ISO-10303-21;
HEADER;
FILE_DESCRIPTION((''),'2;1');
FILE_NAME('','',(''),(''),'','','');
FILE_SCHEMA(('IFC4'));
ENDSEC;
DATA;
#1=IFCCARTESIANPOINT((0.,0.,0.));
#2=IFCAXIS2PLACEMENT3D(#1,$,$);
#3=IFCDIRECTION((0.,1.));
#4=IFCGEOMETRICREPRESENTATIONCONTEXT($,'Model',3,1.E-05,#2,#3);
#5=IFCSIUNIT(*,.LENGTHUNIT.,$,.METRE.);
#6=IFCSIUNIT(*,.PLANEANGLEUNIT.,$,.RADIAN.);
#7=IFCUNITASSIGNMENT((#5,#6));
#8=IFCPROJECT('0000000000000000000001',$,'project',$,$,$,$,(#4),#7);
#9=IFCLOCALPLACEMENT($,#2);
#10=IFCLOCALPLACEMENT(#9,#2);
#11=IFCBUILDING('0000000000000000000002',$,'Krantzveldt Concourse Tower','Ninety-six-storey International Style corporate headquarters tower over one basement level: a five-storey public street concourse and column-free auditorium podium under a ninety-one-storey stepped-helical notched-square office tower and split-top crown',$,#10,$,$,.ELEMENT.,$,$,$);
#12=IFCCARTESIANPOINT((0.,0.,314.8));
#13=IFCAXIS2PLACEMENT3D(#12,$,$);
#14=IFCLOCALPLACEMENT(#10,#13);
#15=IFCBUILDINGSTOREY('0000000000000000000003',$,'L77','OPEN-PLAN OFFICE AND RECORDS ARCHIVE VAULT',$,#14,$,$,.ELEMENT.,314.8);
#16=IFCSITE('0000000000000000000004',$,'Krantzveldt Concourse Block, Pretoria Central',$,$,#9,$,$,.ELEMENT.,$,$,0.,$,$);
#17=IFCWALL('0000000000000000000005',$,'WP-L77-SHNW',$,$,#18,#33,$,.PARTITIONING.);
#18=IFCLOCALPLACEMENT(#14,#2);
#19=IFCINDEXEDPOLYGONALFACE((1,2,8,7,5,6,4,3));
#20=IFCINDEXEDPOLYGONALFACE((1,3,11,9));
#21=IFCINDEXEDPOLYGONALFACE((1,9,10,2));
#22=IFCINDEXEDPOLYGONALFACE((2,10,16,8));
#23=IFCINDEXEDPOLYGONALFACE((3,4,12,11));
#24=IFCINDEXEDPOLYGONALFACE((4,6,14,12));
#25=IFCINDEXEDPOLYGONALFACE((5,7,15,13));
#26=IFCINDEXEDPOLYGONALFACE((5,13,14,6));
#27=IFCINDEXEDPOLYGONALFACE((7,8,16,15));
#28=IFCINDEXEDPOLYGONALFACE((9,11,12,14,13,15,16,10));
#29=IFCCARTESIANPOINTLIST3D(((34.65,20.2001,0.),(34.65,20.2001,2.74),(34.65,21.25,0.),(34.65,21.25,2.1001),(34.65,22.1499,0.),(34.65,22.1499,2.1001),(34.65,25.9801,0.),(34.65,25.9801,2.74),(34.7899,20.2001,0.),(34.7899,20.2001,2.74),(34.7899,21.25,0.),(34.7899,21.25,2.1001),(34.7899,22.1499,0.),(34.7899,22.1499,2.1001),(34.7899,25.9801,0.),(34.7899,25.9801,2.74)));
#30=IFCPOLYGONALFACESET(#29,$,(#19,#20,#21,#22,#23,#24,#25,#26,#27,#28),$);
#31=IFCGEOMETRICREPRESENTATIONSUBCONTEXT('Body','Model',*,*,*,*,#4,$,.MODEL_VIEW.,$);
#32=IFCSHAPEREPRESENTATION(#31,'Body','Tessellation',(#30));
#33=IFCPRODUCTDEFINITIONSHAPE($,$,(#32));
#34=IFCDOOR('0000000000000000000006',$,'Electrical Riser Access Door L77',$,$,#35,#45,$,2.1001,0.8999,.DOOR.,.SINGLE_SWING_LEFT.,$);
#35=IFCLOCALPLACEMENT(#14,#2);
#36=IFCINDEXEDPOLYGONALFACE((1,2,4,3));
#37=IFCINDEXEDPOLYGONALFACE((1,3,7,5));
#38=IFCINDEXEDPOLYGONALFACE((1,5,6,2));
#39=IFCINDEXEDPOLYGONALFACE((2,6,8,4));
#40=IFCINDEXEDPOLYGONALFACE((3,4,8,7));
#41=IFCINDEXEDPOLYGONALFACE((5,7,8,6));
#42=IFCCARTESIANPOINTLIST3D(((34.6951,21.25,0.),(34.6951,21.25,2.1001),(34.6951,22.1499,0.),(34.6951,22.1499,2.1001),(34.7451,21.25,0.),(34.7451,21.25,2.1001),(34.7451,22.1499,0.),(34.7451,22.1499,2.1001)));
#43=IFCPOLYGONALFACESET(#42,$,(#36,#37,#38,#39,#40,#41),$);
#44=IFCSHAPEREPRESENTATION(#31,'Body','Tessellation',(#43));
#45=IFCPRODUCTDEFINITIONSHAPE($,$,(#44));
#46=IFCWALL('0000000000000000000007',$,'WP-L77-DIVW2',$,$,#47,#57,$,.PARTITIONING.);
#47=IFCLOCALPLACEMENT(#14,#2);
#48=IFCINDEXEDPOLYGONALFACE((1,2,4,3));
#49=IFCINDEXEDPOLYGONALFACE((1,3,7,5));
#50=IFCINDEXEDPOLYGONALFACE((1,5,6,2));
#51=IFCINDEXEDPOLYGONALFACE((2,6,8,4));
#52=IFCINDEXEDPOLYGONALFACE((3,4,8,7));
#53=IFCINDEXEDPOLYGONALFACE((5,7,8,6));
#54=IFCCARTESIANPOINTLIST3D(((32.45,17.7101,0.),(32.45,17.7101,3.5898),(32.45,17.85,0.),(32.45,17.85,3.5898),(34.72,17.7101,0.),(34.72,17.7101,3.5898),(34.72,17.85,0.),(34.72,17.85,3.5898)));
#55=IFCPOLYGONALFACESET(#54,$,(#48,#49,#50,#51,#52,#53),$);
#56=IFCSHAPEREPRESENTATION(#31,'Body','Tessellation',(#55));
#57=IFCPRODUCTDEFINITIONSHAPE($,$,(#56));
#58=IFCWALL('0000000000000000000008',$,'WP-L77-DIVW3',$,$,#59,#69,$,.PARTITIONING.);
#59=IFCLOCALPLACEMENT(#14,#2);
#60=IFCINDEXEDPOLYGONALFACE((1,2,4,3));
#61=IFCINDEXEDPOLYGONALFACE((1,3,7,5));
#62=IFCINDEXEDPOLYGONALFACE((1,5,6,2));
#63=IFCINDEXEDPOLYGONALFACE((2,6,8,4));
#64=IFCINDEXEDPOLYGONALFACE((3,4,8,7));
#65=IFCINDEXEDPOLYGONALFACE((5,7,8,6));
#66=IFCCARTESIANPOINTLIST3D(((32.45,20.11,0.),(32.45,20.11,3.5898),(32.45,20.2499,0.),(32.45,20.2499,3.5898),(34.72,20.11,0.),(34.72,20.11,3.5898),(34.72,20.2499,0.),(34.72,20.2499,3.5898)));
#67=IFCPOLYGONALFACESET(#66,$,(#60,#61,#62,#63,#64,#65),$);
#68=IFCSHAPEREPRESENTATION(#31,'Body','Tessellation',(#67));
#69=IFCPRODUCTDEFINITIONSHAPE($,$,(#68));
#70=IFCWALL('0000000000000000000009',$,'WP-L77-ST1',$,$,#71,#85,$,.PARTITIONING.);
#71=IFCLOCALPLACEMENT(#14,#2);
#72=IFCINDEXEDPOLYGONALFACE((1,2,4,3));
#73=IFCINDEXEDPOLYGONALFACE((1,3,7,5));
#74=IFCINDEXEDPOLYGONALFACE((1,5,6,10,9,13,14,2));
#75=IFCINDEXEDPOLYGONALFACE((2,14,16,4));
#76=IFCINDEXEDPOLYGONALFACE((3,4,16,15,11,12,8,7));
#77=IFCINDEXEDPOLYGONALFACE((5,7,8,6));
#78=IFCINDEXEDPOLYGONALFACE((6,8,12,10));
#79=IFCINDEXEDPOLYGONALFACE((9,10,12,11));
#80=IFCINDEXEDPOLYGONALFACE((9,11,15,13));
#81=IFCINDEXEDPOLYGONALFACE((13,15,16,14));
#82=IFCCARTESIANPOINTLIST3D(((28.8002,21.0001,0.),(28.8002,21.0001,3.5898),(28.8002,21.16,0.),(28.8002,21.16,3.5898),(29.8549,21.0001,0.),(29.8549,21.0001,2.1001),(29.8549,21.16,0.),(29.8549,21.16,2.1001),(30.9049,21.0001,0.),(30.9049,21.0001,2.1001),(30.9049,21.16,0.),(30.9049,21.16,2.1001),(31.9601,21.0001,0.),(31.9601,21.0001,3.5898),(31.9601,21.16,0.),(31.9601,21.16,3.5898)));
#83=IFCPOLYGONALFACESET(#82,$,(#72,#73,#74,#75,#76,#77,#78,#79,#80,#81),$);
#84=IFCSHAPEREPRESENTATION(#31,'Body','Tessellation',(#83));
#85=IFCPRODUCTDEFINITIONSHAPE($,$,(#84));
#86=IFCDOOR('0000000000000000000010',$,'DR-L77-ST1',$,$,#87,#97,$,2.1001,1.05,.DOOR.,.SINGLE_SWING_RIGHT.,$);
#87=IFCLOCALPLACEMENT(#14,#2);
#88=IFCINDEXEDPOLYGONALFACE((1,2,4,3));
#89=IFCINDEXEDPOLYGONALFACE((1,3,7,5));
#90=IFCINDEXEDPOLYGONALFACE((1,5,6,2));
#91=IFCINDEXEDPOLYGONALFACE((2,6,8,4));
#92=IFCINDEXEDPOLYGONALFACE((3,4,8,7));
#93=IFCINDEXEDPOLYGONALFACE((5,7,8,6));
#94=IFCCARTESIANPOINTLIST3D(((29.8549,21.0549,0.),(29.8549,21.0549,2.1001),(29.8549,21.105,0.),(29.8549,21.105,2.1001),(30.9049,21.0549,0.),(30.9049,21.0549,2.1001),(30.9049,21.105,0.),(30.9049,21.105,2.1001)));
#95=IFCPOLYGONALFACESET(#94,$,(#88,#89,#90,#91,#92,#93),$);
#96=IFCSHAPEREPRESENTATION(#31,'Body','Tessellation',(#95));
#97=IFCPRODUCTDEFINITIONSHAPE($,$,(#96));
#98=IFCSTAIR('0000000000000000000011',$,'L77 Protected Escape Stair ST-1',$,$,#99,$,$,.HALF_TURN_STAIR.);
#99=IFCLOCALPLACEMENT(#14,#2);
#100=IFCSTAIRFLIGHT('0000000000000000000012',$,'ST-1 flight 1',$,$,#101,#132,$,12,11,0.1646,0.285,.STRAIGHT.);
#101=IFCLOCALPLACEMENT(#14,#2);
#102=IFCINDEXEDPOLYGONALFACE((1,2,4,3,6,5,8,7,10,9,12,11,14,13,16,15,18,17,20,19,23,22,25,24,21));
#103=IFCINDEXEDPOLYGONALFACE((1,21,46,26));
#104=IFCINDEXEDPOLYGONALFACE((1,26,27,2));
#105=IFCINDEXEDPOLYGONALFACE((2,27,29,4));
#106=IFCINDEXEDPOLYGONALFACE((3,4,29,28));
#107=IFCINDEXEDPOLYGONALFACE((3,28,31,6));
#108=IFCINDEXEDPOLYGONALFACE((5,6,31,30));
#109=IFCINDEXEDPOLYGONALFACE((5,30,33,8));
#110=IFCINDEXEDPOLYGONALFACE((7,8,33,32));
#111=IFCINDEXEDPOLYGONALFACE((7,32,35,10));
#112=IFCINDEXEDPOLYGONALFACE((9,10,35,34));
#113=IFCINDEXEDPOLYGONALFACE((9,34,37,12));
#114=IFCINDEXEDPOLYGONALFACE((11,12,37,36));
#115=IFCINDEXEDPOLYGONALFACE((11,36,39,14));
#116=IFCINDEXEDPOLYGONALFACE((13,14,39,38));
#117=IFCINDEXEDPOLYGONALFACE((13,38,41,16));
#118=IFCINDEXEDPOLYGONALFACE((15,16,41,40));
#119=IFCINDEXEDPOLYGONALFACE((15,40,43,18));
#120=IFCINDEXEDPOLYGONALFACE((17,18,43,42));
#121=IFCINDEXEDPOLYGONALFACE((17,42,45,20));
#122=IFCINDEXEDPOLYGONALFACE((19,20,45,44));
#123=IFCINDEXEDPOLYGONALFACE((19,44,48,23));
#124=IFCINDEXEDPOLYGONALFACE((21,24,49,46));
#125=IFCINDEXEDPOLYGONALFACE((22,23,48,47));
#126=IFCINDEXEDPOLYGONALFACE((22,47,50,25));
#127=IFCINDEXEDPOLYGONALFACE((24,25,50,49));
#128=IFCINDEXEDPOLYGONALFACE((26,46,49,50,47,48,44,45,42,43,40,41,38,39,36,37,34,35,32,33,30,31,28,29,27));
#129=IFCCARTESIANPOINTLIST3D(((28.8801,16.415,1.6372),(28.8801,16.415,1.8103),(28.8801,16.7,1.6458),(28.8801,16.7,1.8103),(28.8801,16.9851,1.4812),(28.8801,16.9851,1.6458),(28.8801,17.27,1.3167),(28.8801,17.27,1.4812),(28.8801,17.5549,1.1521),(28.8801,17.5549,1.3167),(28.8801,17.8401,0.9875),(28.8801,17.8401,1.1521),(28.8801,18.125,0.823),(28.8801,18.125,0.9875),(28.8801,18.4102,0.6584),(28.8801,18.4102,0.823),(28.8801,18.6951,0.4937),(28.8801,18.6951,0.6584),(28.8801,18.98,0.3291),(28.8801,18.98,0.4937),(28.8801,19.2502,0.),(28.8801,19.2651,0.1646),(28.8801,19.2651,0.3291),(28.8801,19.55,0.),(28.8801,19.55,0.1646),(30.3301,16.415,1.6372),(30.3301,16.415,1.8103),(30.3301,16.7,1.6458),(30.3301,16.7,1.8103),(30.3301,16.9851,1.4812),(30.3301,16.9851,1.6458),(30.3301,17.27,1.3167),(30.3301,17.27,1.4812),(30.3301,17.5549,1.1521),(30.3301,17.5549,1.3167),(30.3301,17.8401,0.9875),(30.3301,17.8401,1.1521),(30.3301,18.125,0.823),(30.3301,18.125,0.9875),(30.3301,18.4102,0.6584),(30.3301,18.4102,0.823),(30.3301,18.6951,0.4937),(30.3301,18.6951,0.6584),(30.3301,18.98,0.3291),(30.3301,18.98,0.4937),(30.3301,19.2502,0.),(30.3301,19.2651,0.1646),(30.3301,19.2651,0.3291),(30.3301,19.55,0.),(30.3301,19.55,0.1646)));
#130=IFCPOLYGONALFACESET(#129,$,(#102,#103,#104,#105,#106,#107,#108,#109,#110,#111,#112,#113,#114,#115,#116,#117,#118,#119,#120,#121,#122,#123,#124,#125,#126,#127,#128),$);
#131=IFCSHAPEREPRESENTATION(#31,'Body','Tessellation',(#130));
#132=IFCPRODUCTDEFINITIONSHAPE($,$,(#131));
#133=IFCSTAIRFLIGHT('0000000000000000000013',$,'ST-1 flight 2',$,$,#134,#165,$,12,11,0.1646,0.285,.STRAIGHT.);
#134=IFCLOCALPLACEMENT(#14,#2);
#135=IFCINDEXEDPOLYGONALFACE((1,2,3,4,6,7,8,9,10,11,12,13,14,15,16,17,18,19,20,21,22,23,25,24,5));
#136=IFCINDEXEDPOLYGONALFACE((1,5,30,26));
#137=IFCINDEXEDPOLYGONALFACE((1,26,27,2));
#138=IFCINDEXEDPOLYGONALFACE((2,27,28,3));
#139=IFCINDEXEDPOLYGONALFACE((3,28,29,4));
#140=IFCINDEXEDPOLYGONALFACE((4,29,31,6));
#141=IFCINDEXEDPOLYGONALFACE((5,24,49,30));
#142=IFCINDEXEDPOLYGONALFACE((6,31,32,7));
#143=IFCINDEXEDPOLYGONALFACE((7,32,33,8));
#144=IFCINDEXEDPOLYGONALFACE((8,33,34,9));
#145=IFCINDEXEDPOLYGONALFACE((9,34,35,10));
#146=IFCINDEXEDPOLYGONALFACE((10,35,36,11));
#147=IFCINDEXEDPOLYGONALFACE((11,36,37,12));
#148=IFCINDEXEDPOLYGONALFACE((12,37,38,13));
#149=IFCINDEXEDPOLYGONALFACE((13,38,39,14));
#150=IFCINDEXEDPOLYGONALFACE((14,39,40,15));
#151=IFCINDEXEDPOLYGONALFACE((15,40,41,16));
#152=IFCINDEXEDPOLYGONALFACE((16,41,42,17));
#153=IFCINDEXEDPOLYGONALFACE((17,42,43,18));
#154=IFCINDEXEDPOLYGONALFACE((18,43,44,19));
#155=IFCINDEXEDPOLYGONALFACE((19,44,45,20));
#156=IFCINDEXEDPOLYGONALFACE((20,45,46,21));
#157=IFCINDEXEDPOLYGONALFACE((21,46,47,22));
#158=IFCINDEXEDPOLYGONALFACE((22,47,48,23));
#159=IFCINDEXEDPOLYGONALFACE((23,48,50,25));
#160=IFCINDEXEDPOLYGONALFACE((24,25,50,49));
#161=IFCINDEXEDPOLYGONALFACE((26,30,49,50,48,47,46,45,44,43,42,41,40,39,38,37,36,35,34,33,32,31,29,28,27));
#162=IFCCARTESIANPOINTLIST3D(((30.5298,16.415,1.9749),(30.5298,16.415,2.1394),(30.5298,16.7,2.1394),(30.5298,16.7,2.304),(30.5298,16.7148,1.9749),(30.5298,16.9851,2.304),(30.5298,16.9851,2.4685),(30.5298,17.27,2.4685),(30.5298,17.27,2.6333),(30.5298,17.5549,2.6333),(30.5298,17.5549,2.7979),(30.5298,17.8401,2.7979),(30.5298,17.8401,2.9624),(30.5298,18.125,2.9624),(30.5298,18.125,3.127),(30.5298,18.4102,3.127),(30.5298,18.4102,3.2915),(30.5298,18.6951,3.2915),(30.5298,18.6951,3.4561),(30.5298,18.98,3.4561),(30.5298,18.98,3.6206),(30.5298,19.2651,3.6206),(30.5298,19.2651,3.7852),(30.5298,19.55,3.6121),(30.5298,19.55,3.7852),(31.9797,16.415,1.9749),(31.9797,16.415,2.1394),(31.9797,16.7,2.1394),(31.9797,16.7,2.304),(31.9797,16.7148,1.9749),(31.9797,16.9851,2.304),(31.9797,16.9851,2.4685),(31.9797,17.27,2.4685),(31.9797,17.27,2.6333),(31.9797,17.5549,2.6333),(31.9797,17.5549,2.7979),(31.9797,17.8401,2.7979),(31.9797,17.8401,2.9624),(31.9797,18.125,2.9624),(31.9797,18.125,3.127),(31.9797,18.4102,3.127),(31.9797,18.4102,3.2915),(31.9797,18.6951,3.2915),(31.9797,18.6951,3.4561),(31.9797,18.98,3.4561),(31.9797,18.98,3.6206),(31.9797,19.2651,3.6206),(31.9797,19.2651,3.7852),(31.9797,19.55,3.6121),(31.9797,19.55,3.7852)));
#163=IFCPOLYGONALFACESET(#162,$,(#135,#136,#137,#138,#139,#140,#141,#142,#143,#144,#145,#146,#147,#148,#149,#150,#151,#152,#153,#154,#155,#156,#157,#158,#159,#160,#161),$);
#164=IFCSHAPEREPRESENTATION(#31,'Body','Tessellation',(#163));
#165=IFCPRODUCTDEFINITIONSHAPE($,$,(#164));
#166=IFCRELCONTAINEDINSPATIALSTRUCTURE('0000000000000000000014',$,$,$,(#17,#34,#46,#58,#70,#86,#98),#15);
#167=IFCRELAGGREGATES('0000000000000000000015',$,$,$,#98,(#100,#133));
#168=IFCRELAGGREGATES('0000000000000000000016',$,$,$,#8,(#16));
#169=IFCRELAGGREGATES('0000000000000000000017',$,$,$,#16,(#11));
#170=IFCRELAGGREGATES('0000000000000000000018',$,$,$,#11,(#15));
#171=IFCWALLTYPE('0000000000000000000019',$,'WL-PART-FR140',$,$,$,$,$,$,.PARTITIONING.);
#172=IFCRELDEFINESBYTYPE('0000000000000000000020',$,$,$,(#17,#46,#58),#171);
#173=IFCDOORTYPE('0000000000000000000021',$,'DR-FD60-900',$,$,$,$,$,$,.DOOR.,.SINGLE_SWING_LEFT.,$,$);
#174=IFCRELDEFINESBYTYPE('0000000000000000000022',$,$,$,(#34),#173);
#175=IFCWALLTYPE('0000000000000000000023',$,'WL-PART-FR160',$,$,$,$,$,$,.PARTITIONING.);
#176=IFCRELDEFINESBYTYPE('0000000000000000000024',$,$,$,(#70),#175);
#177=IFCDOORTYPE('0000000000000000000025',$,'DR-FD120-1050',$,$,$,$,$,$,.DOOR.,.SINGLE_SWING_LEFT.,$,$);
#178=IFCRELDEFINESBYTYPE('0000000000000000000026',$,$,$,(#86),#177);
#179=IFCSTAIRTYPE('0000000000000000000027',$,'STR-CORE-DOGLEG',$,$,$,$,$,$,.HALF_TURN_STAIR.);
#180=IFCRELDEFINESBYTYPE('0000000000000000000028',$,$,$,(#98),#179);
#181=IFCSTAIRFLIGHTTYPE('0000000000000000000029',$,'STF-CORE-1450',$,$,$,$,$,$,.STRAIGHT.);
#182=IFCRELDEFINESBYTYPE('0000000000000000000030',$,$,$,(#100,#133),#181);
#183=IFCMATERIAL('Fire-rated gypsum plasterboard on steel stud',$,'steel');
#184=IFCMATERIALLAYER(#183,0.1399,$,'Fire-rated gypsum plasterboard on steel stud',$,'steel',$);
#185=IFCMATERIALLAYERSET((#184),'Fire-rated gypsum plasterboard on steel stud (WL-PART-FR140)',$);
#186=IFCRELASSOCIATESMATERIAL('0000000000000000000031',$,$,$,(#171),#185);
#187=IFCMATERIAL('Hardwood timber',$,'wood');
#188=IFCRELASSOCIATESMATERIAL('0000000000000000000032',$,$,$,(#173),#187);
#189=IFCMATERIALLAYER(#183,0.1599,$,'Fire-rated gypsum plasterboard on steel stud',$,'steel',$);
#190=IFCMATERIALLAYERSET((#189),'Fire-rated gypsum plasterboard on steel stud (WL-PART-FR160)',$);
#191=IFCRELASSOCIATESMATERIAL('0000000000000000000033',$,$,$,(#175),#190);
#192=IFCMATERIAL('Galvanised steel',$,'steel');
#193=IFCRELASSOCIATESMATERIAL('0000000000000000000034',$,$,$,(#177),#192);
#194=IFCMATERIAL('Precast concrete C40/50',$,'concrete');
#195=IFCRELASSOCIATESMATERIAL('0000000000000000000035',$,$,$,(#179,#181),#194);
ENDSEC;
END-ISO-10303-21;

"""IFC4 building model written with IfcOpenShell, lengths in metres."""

from ifc_helpers import new_model, si_unit, direction, frame, frame_2d, origin, place, context, subcontext, project, spatial, polyline, rectangle, outline, extrude, material, layer, layer_set, type_object, element, fill, aggregate, save


model = new_model("IFC4")

# Units and contexts
model_context = context("Model", 3, precision=1e-05, world=origin(), true_north=direction((0.0, 1.0)))
body_context = subcontext(model_context, "Body", "Model", "MODEL_VIEW")
ifc_project = project(units=[si_unit("LENGTHUNIT", "METRE"), si_unit("PLANEANGLEUNIT", "RADIAN")], contexts=[model_context])

# Site, building, storey
site_placement = place(None, origin())
site = spatial("IfcSite", under=ifc_project, at=site_placement, Name="Krantzveldt Concourse Block, Pretoria Central", CompositionType="ELEMENT", RefElevation=0.0)
building_placement = place(site_placement, origin())
building = spatial("IfcBuilding", under=site, at=building_placement, Name="Krantzveldt Concourse Tower", Description="Ninety-six-storey International Style corporate headquarters tower over one basement level: a five-storey public street concourse and column-free auditorium podium under a ninety-one-storey stepped-helical notched-square office tower and split-top crown", CompositionType="ELEMENT")
storey_placement = place(building_placement, frame((0.0, 0.0, 314.8)))
storey = spatial("IfcBuildingStorey", under=building, at=storey_placement, Name="L77", Description="OPEN-PLAN OFFICE AND RECORDS ARCHIVE VAULT", CompositionType="ELEMENT", Elevation=314.8)

# Wall, opening, door
ifc_material_1 = material(Name="Fire-rated gypsum plasterboard on steel stud", Category="steel")
ifc_layer_1 = layer(ifc_material_1, 0.1399, Name="Fire-rated gypsum plasterboard on steel stud", Category="steel")
ifc_layer_set_1 = layer_set([ifc_layer_1], Name="Fire-rated gypsum plasterboard on steel stud (WL-PART-FR140)")
wall_type_1 = type_object("IfcWallType", Name="WL-PART-FR140", PredefinedType="PARTITIONING", material=ifc_layer_set_1)
wall_1_placement = place(storey_placement, frame((34.72, 20.2, 0.0), z_axis=(0.0, 0.0, 1.0), x_axis=(0.0, 1.0, 0.0)))
wall_1 = element("IfcWall", 1, at=wall_1_placement, inside=storey, type_object=wall_type_1, Name="WP-L77-SHNW", PredefinedType="PARTITIONING", context=body_context, shape_type="SweptSolid", body=[
    extrude(rectangle(XDim=5.78, YDim=0.1399, at=frame_2d((2.8901, 0.0))), origin(), (0.0, 0.0, 1.0), 2.74),
])
opening_1_placement = place(wall_1_placement, frame((1.05, 0.0, 0.0)))
opening_1 = element("IfcOpeningElement", 2, at=opening_1_placement, cuts=wall_1, PredefinedType="OPENING", context=body_context, shape_type="SweptSolid", body=[
    extrude(rectangle(XDim=0.8999, YDim=2.1001, at=frame_2d((0.45, 1.05))), frame((0.0, 0.0801, 0.0), z_axis=(0.0, -1.0, 0.0), x_axis=(1.0, 0.0, 0.0)), (0.0, 0.0, 1.0), 0.1599),
])
ifc_material_2 = material(Name="Hardwood timber", Category="wood")
door_type_1 = type_object("IfcDoorType", Name="DR-FD60-900", OperationType="SINGLE_SWING_LEFT", PredefinedType="DOOR", material=ifc_material_2)
door_1_placement = place(opening_1_placement, origin())
door_1 = element("IfcDoor", 3, at=door_1_placement, inside=storey, type_object=door_type_1, Name="Electrical Riser Access Door L77", OperationType="SINGLE_SWING_LEFT", OverallHeight=2.1001, OverallWidth=0.8999, PredefinedType="DOOR", context=body_context, shape_type="SweptSolid", body=[
    extrude(rectangle(XDim=0.8999, YDim=2.1001, at=frame_2d((0.45, 1.05))), frame((0.0, 0.0249, 0.0), z_axis=(0.0, -1.0, 0.0), x_axis=(1.0, 0.0, 0.0)), (0.0, 0.0, 1.0), 0.05),
])
fill(opening_1, door_1)

# Walls
for number, where, z_axis, x_axis, name in (
    (4, (32.45, 17.78, 0.0), (0.0, 0.0, 1.0), (1.0, 0.0, 0.0), "WP-L77-DIVW2"),
    (5, (32.45, 20.1799, 0.0), (0.0, 0.0, 1.0), (1.0, 0.0, 0.0), "WP-L77-DIVW3"),
):
    element("IfcWall", number, at=place(storey_placement, frame(where, z_axis=z_axis, x_axis=x_axis)), inside=storey, type_object=wall_type_1, Name=name, PredefinedType="PARTITIONING", context=body_context, shape_type="SweptSolid", body=[
        extrude(rectangle(XDim=2.27, YDim=0.1399, at=frame_2d((1.135, 0.0))), origin(), (0.0, 0.0, 1.0), 3.5898),
    ])

# Wall, opening, door
ifc_layer_2 = layer(ifc_material_1, 0.1599, Name="Fire-rated gypsum plasterboard on steel stud", Category="steel")
ifc_layer_set_2 = layer_set([ifc_layer_2], Name="Fire-rated gypsum plasterboard on steel stud (WL-PART-FR160)")
wall_type_2 = type_object("IfcWallType", Name="WL-PART-FR160", PredefinedType="PARTITIONING", material=ifc_layer_set_2)
wall_2_placement = place(storey_placement, frame((28.8, 21.0801, 0.0), z_axis=(0.0, 0.0, 1.0), x_axis=(1.0, 0.0, 0.0)))
wall_2 = element("IfcWall", 6, at=wall_2_placement, inside=storey, type_object=wall_type_2, Name="WP-L77-ST1", PredefinedType="PARTITIONING", context=body_context, shape_type="SweptSolid", body=[
    extrude(rectangle(XDim=3.1599, YDim=0.1599, at=frame_2d((1.5801, 0.0))), origin(), (0.0, 0.0, 1.0), 3.5898),
])
opening_2_placement = place(wall_2_placement, frame((1.0549, 0.0, 0.0)))
opening_2 = element("IfcOpeningElement", 7, at=opening_2_placement, cuts=wall_2, PredefinedType="OPENING", context=body_context, shape_type="SweptSolid", body=[
    extrude(rectangle(XDim=1.05, YDim=2.1001, at=frame_2d((0.5249, 1.05))), frame((0.0, 0.0898, 0.0), z_axis=(0.0, -1.0, 0.0), x_axis=(1.0, 0.0, 0.0)), (0.0, 0.0, 1.0), 0.1799),
])
ifc_material_3 = material(Name="Galvanised steel", Category="steel")
door_type_2 = type_object("IfcDoorType", Name="DR-FD120-1050", OperationType="SINGLE_SWING_LEFT", PredefinedType="DOOR", material=ifc_material_3)
door_2_placement = place(opening_2_placement, origin())
door_2 = element("IfcDoor", 8, at=door_2_placement, inside=storey, type_object=door_type_2, Name="DR-L77-ST1", OperationType="SINGLE_SWING_RIGHT", OverallHeight=2.1001, OverallWidth=1.05, PredefinedType="DOOR", context=body_context, shape_type="SweptSolid", body=[
    extrude(rectangle(XDim=1.05, YDim=2.1001, at=frame_2d((0.5249, 1.05))), frame((0.0, 0.0249, 0.0), z_axis=(0.0, -1.0, 0.0), x_axis=(1.0, 0.0, 0.0)), (0.0, 0.0, 1.0), 0.05),
])
fill(opening_2, door_2)

# Stair, stair flights
ifc_material_4 = material(Name="Precast concrete C40/50", Category="concrete")
stair_type = type_object("IfcStairType", Name="STR-CORE-DOGLEG", PredefinedType="HALF_TURN_STAIR", material=ifc_material_4)
stair_placement = place(storey_placement, origin())
stair = element("IfcStair", 9, at=stair_placement, inside=storey, type_object=stair_type, Name="L77 Protected Escape Stair ST-1", PredefinedType="HALF_TURN_STAIR")
stair_flight_type = type_object("IfcStairFlightType", Name="STF-CORE-1450", PredefinedType="STRAIGHT", material=ifc_material_4)
stair_flight_1_placement = place(storey_placement, frame((29.605, 19.55, 0.0), z_axis=(0.0, 0.0, 1.0), x_axis=(0.0, -1.0, 0.0)))
stair_flight_1 = element("IfcStairFlight", 10, at=stair_flight_1_placement, type_object=stair_flight_type, Name="ST-1 flight 1", NumberOfRisers=12, NumberOfTreads=11, PredefinedType="STRAIGHT", RiserHeight=0.1646, TreadLength=0.285, context=body_context, shape_type="SweptSolid", body=[
    extrude(outline(polyline([(0.0, 0.0), (0.0, 0.1646), (0.2849, 0.1646), (0.2849, 0.3291), (0.5701, 0.3291), (0.5701, 0.4937), (0.855, 0.4937), (0.855, 0.6584), (1.1399, 0.6584), (1.1399, 0.823), (1.425, 0.823), (1.425, 0.9875), (1.71, 0.9875), (1.71, 1.1521), (1.9951, 1.1521), (1.9951, 1.3167), (2.28, 1.3167), (2.28, 1.4812), (2.5649, 1.4812), (2.5649, 1.6458), (2.8501, 1.6458), (2.8501, 1.8103), (3.135, 1.8103), (3.135, 1.9751), (3.135, 1.6372), (0.2998, 0.0), (0.0, 0.0)])), frame((0.0, 0.7251, 0.0), z_axis=(0.0, -1.0, 0.0), x_axis=(1.0, 0.0, 0.0)), (0.0, 0.0, 1.0), 1.45),
])
stair_flight_2_placement = place(storey_placement, frame((31.2549, 16.415, 1.9749), z_axis=(0.0, 0.0, 1.0), x_axis=(0.0, 1.0, 0.0)))
stair_flight_2 = element("IfcStairFlight", 11, at=stair_flight_2_placement, type_object=stair_flight_type, Name="ST-1 flight 2", NumberOfRisers=12, NumberOfTreads=11, PredefinedType="STRAIGHT", RiserHeight=0.1646, TreadLength=0.285, context=body_context, shape_type="SweptSolid", body=[
    extrude(outline(polyline([(0.0, 0.0), (0.0, 0.1646), (0.2849, 0.1646), (0.2849, 0.3291), (0.5701, 0.3291), (0.5701, 0.4937), (0.855, 0.4937), (0.855, 0.6584), (1.1399, 0.6584), (1.1399, 0.823), (1.425, 0.823), (1.425, 0.9875), (1.71, 0.9875), (1.71, 1.1521), (1.9951, 1.1521), (1.9951, 1.3167), (2.28, 1.3167), (2.28, 1.4812), (2.5649, 1.4812), (2.5649, 1.6458), (2.8501, 1.6458), (2.8501, 1.8103), (3.135, 1.8103), (3.135, 1.9751), (3.135, 1.6372), (0.2998, 0.0), (0.0, 0.0)])), frame((0.0, 0.7251, 0.0), z_axis=(0.0, -1.0, 0.0), x_axis=(1.0, 0.0, 0.0)), (0.0, 0.0, 1.0), 1.45),
])
aggregate(stair, [stair_flight_1, stair_flight_2])

save(model, "model.ifc")
